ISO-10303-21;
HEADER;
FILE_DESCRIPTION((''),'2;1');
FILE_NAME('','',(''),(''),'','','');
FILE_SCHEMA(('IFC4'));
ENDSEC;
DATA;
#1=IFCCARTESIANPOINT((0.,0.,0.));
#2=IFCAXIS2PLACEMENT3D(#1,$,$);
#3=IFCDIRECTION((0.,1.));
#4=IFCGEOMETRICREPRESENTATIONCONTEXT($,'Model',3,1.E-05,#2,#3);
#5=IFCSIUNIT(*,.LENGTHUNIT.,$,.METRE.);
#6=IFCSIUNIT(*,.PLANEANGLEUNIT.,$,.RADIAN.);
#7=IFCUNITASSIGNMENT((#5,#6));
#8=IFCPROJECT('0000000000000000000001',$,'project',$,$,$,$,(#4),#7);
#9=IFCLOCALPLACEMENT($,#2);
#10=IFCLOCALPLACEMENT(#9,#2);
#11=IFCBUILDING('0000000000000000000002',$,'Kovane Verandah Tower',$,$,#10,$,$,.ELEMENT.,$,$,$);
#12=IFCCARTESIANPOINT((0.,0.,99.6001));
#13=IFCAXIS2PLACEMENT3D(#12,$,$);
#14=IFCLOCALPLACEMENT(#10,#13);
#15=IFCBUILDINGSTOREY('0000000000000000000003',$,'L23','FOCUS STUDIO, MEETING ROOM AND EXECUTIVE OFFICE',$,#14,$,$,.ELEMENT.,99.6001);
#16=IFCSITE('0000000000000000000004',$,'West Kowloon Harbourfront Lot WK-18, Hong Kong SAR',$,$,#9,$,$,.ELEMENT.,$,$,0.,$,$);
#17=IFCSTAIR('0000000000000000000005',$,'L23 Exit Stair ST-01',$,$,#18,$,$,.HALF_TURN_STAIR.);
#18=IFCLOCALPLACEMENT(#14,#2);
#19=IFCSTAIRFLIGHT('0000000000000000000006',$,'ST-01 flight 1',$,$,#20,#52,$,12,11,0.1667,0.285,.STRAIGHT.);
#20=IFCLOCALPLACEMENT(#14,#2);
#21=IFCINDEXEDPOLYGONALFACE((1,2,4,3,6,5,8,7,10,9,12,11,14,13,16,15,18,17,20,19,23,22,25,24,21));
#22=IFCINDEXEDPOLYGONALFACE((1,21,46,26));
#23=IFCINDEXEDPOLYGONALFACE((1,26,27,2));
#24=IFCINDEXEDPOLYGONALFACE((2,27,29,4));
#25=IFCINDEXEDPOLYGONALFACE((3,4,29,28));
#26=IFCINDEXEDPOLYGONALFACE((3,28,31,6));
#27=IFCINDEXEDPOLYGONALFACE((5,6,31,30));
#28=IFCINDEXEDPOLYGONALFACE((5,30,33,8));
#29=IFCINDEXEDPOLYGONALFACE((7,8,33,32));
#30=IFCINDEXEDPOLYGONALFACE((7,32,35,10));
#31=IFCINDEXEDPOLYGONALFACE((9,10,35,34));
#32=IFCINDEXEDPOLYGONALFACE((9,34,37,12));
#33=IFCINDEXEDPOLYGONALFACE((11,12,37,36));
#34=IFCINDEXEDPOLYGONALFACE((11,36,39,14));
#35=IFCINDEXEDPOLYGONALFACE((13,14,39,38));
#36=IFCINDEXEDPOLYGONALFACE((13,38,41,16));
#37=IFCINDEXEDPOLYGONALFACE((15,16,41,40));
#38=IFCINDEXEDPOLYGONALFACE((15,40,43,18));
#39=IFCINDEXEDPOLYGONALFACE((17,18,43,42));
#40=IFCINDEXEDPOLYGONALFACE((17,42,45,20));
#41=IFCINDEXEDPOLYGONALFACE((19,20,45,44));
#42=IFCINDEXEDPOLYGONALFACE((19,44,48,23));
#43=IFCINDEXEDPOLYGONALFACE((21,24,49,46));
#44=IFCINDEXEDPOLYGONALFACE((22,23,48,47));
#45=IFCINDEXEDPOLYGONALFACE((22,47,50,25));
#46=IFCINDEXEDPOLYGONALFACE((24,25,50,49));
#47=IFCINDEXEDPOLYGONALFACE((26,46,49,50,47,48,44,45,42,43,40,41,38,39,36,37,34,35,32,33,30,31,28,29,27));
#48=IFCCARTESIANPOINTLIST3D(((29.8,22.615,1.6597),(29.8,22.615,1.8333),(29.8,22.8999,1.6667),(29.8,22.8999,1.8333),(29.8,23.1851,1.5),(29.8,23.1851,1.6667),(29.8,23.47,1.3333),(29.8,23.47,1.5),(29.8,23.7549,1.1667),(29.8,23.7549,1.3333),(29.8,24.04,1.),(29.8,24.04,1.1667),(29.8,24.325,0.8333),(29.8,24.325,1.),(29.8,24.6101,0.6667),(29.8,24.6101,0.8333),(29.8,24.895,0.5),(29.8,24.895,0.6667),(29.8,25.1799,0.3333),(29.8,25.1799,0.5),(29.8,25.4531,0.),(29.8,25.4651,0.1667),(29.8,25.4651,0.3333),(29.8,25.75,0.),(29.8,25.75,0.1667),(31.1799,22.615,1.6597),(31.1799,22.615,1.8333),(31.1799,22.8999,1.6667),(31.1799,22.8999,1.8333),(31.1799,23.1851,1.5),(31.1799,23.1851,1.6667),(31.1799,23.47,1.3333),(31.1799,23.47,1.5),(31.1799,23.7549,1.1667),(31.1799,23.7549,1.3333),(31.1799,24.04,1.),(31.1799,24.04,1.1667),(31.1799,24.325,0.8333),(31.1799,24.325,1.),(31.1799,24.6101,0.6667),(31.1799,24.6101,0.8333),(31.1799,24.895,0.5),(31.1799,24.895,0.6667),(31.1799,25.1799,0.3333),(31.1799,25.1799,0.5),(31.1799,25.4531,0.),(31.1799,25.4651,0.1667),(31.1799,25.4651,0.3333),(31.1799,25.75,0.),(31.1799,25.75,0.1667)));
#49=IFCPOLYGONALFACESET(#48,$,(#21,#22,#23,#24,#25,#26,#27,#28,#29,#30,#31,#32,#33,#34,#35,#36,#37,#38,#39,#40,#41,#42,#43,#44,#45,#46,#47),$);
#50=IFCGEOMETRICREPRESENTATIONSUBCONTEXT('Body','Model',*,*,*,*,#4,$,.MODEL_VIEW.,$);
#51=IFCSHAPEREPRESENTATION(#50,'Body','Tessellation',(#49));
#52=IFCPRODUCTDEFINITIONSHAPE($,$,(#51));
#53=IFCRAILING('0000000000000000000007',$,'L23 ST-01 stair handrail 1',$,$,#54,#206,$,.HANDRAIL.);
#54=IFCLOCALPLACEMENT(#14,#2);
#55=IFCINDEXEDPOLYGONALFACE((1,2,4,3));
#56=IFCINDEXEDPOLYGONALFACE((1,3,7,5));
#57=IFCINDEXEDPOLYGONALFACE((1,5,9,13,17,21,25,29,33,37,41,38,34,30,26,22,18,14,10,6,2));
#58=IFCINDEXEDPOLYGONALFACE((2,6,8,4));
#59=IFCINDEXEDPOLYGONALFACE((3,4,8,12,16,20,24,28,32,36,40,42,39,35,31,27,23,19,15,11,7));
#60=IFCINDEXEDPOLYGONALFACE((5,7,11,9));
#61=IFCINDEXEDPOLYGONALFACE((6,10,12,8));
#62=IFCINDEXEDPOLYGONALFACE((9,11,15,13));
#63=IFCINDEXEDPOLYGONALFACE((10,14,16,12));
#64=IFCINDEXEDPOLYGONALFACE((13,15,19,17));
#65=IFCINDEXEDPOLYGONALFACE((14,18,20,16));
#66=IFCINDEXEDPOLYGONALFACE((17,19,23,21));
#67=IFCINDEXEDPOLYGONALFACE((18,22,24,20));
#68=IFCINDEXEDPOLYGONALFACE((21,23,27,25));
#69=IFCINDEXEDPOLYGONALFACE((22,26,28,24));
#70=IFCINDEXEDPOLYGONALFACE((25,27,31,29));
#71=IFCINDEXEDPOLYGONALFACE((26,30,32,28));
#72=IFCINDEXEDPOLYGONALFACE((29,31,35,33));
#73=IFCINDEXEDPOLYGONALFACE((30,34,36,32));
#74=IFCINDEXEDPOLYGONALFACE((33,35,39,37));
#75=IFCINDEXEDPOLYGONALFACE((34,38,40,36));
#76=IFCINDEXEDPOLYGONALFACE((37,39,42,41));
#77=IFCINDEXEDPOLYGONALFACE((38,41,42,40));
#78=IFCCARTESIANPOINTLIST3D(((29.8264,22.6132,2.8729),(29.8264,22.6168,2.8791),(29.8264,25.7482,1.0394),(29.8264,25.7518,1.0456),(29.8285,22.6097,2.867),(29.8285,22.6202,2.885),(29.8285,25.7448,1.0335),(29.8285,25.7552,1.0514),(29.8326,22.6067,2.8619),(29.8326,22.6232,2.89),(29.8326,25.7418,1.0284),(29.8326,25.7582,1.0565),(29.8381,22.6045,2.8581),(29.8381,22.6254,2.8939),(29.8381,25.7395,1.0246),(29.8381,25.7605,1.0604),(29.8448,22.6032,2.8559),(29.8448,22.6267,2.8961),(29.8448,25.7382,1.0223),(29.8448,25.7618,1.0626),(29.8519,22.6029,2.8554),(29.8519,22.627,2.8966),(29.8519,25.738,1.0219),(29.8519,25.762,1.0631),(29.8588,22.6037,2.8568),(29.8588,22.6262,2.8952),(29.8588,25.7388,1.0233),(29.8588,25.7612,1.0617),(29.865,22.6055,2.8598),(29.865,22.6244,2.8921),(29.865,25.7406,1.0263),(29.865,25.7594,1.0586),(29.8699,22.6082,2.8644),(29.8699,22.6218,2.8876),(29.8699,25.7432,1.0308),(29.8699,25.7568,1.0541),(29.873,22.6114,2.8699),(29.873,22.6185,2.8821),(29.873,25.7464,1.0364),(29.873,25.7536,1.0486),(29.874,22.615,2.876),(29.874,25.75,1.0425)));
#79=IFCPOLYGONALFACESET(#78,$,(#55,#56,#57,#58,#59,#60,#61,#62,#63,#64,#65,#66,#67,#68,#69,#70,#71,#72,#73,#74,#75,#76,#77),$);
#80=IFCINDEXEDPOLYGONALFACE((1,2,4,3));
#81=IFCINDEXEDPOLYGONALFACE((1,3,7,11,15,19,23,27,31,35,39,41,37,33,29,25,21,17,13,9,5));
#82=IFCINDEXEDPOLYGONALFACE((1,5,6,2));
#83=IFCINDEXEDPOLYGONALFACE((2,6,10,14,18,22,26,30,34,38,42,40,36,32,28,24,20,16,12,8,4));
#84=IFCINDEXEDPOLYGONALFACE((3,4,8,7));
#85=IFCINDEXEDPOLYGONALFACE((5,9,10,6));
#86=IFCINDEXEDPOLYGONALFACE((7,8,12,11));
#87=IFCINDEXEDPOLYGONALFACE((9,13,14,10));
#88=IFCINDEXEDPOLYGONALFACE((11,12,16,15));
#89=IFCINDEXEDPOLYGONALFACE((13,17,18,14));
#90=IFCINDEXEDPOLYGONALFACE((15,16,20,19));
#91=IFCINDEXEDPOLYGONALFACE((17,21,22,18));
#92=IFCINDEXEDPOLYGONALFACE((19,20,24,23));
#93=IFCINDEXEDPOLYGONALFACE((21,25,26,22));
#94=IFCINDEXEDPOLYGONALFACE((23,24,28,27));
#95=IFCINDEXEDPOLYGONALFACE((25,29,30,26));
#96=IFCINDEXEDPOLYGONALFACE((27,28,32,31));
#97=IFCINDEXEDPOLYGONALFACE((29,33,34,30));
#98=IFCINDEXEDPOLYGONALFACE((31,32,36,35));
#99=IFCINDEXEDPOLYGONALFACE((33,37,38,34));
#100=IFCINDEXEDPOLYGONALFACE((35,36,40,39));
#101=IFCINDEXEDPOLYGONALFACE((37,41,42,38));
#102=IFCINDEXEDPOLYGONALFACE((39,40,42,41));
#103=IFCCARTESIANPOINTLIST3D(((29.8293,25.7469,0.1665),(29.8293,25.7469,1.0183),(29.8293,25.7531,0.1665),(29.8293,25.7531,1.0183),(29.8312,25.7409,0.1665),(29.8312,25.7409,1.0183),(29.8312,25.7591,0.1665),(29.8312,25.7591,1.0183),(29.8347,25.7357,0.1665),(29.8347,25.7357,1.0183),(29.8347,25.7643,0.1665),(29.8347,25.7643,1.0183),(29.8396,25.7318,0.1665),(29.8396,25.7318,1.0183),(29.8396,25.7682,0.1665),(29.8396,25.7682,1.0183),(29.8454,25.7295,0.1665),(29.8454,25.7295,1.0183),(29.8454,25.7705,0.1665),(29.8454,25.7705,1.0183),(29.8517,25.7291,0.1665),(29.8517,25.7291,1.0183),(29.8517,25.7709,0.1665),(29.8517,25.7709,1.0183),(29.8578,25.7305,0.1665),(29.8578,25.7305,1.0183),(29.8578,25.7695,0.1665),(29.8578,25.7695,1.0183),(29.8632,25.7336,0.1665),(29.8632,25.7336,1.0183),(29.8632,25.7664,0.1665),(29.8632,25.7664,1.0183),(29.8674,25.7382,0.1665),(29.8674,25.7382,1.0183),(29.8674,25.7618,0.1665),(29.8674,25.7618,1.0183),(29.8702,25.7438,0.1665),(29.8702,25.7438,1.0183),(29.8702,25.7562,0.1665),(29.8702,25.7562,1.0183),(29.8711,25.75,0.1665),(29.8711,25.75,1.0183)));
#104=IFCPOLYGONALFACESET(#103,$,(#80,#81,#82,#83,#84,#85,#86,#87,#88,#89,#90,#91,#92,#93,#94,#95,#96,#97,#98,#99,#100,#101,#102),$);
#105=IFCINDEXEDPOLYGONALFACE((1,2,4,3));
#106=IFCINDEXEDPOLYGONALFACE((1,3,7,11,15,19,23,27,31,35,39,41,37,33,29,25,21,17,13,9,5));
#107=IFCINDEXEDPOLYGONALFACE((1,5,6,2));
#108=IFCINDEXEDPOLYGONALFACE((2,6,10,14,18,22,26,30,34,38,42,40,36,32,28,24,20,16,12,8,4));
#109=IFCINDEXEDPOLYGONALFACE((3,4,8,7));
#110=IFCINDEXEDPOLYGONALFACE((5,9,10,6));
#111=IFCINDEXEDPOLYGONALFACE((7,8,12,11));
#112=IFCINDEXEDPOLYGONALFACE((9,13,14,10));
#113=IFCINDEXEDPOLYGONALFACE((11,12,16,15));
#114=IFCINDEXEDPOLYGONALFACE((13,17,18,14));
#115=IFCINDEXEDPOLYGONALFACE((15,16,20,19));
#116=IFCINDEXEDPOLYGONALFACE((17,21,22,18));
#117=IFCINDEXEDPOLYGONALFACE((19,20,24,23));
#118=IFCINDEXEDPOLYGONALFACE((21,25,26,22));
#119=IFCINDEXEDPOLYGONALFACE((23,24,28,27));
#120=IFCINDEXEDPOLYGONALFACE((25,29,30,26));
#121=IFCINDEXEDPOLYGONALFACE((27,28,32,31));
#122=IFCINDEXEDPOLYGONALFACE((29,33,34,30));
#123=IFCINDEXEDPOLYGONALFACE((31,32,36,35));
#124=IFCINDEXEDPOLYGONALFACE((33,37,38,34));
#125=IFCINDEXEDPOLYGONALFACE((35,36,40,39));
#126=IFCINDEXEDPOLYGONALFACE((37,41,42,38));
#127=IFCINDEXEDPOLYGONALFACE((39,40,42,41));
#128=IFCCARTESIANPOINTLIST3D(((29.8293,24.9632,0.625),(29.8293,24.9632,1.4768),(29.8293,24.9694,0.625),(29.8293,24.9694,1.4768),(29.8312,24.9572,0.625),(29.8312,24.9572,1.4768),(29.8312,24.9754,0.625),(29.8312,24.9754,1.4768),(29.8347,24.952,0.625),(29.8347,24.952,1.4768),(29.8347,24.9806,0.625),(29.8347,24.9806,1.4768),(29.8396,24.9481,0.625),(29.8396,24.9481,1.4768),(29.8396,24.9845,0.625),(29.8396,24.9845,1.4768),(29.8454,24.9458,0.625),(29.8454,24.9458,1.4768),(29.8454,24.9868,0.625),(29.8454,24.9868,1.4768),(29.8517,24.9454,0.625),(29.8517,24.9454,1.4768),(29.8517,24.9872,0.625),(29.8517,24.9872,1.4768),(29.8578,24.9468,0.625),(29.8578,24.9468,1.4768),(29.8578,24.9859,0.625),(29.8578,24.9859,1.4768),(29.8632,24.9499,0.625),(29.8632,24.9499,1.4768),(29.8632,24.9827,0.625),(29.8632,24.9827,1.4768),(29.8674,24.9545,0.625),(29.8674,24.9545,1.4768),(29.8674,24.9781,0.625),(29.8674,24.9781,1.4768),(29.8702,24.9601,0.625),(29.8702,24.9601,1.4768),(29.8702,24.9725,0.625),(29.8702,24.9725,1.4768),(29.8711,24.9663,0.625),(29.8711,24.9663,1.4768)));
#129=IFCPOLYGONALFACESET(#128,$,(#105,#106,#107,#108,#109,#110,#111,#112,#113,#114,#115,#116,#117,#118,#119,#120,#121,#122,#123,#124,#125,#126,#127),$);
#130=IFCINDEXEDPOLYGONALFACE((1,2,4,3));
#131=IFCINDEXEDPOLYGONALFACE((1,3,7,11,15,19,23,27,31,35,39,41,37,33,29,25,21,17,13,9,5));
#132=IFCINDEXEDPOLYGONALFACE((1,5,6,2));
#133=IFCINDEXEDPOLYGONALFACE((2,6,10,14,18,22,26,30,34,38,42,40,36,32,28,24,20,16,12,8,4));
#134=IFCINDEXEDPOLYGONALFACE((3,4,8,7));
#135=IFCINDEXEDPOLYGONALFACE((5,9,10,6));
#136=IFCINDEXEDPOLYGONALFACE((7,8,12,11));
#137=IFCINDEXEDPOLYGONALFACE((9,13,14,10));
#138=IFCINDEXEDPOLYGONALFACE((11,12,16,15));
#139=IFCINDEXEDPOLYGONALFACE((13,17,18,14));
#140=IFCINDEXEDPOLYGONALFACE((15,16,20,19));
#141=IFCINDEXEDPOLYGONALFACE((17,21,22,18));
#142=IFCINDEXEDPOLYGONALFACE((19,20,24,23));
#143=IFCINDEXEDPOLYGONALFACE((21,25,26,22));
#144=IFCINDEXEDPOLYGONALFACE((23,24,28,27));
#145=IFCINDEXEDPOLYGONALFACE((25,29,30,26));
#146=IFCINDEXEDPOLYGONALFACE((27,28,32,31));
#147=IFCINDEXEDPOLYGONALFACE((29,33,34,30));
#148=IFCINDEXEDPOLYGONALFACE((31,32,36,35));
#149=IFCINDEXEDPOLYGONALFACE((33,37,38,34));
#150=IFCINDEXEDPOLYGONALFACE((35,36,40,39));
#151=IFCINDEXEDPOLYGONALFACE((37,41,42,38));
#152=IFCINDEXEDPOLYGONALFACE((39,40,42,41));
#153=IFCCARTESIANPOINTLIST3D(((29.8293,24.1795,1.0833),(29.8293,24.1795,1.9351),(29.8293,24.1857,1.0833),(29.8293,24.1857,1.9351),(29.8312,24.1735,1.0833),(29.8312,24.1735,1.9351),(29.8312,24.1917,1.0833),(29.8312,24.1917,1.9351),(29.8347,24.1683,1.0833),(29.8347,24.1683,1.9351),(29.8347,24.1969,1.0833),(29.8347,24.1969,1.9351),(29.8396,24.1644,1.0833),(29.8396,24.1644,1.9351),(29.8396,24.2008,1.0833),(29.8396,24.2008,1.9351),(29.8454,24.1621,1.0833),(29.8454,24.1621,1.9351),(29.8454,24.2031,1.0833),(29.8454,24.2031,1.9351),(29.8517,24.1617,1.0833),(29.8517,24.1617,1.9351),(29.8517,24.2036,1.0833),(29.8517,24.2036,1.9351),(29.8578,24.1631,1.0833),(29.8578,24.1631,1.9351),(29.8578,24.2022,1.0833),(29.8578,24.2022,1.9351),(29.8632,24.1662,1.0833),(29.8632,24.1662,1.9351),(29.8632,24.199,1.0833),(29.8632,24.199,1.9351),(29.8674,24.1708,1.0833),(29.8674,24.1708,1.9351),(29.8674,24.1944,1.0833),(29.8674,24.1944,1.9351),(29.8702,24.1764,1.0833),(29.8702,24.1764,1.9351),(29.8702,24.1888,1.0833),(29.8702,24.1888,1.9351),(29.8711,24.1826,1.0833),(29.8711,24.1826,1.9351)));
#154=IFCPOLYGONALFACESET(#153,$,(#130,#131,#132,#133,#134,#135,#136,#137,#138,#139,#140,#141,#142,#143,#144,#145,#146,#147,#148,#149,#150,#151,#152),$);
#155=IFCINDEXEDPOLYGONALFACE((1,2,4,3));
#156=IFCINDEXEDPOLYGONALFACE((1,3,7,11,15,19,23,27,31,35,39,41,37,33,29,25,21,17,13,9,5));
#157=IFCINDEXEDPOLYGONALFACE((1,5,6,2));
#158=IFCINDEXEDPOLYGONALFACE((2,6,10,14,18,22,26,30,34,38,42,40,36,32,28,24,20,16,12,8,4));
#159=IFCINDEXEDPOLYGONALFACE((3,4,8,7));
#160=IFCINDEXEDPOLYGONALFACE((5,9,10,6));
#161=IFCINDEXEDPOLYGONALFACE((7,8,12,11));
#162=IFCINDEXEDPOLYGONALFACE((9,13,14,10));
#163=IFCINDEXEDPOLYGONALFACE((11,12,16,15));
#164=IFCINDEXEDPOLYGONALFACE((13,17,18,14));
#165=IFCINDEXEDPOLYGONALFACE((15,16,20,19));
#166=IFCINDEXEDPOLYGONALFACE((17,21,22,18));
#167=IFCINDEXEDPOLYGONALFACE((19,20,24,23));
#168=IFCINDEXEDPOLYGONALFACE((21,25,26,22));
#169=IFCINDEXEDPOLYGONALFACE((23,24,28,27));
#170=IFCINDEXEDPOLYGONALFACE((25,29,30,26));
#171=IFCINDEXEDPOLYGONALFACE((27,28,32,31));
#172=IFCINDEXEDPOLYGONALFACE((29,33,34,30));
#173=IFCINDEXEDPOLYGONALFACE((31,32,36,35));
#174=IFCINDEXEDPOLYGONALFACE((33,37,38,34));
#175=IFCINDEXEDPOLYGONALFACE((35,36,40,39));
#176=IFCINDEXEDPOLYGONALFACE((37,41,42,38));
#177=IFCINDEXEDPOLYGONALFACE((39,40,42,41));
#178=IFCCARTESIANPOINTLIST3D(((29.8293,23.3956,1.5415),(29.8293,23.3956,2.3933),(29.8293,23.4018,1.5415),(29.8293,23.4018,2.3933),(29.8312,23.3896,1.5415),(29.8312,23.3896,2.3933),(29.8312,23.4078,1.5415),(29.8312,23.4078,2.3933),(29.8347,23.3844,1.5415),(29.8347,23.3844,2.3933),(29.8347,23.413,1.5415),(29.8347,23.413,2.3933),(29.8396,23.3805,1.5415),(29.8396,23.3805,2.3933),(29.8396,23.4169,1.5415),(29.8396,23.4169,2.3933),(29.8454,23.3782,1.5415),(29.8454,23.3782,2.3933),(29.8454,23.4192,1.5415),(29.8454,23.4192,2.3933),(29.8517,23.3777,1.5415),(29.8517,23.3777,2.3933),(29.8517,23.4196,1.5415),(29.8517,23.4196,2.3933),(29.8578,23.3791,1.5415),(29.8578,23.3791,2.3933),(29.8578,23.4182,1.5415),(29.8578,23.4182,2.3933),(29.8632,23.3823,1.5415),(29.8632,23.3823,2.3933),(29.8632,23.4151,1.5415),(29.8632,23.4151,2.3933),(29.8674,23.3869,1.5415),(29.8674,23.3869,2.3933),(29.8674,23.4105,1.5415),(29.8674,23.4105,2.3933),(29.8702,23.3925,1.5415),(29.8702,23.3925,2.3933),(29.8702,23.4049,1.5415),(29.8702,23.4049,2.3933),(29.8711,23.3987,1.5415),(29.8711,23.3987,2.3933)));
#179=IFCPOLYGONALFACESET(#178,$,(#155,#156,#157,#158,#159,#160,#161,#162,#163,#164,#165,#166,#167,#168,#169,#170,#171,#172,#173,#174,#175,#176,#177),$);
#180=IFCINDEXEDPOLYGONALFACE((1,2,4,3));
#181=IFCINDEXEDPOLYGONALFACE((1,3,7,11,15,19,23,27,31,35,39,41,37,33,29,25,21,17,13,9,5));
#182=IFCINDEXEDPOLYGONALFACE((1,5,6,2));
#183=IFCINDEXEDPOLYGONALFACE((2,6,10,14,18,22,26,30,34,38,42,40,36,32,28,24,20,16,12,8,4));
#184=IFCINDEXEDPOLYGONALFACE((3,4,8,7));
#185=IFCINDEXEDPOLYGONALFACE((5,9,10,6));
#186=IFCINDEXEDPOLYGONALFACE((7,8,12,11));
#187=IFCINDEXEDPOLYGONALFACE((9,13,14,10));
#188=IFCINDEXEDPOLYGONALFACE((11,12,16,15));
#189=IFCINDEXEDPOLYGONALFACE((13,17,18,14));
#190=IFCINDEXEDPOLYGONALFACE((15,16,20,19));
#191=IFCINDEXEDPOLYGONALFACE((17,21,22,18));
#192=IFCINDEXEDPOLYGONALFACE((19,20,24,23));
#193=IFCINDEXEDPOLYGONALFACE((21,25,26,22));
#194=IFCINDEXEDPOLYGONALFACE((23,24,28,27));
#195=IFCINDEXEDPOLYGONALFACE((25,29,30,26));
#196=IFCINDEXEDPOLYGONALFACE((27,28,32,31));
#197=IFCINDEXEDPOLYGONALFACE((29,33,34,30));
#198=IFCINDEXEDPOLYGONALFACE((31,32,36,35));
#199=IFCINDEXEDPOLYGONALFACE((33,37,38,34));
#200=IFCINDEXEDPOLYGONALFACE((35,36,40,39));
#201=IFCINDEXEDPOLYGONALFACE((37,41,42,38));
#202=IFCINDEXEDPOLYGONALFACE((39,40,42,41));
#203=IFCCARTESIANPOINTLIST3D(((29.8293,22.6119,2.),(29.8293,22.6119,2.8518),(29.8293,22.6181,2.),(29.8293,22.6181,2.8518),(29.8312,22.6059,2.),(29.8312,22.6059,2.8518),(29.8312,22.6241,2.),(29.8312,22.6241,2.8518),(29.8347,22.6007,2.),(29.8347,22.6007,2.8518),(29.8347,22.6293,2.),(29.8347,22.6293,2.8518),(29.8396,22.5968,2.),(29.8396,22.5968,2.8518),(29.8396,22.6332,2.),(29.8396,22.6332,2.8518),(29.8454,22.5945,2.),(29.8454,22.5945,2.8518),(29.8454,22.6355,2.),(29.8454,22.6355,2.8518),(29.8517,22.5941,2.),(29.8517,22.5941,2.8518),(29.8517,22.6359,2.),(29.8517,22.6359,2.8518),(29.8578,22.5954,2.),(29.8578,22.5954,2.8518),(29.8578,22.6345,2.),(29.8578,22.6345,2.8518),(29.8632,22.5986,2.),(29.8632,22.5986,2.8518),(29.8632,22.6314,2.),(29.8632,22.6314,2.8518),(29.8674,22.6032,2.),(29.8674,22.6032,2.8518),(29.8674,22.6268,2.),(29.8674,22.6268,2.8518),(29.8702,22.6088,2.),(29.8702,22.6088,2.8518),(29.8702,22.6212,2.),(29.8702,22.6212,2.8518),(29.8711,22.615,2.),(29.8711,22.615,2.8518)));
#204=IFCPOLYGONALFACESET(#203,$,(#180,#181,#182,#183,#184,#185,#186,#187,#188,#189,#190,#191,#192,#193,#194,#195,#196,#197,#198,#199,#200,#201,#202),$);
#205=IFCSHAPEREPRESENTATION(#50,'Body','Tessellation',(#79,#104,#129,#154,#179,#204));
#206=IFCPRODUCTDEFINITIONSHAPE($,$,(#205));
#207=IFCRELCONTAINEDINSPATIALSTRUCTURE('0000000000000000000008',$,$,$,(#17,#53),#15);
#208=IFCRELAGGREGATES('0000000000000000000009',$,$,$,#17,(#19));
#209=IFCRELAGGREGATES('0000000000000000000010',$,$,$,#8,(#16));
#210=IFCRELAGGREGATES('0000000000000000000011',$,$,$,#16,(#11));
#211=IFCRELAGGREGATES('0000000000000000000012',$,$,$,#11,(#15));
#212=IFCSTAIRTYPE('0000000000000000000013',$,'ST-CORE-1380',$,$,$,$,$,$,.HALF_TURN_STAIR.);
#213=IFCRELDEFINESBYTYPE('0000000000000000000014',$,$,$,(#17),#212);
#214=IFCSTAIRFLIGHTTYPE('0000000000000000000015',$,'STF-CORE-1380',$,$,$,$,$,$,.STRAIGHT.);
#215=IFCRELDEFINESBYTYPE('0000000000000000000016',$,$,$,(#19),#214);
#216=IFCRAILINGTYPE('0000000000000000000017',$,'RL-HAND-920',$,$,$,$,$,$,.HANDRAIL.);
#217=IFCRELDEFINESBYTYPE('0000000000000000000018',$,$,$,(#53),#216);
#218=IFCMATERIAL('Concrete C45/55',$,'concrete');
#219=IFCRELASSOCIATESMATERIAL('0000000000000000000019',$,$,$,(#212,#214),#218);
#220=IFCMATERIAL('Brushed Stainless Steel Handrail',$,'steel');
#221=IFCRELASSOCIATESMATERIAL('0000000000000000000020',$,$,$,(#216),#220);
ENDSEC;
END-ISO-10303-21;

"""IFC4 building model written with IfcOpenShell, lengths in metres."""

from ifc_helpers import new_model, si_unit, direction, frame, origin, origin_2d, place, context, subcontext, project, spatial, polyline, circle, outline, extrude, material, type_object, element, aggregate, save


model = new_model("IFC4")

# Units and contexts
model_context = context("Model", 3, precision=1e-05, world=origin(), true_north=direction((0.0, 1.0)))
body_context = subcontext(model_context, "Body", "Model", "MODEL_VIEW")
ifc_project = project(units=[si_unit("LENGTHUNIT", "METRE"), si_unit("PLANEANGLEUNIT", "RADIAN")], contexts=[model_context])

# Site, building, storey
site_placement = place(None, origin())
site = spatial("IfcSite", under=ifc_project, at=site_placement, Name="West Kowloon Harbourfront Lot WK-18, Hong Kong SAR", CompositionType="ELEMENT", RefElevation=0.0)
building_placement = place(site_placement, origin())
building = spatial("IfcBuilding", under=site, at=building_placement, Name="Kovane Verandah Tower", CompositionType="ELEMENT")
storey_placement = place(building_placement, frame((0.0, 0.0, 99.6001)))
storey = spatial("IfcBuildingStorey", under=building, at=storey_placement, Name="L23", Description="FOCUS STUDIO, MEETING ROOM AND EXECUTIVE OFFICE", CompositionType="ELEMENT", Elevation=99.6001)

# Shared definitions
ifc_material_1 = material(Name="Concrete C45/55", Category="concrete")

# Stair, stair flight
stair_type = type_object("IfcStairType", Name="ST-CORE-1380", PredefinedType="HALF_TURN_STAIR", material=ifc_material_1)
stair_placement = place(storey_placement, origin())
stair = element("IfcStair", 1, at=stair_placement, inside=storey, type_object=stair_type, Name="L23 Exit Stair ST-01", PredefinedType="HALF_TURN_STAIR")
stair_flight_type = type_object("IfcStairFlightType", Name="STF-CORE-1380", PredefinedType="STRAIGHT", material=ifc_material_1)
stair_flight_placement = place(storey_placement, frame((30.49, 25.75, 0.0), z_axis=(0.0, 0.0, 1.0), x_axis=(0.0, -1.0, 0.0)))
stair_flight = element("IfcStairFlight", 2, at=stair_flight_placement, type_object=stair_flight_type, Name="ST-01 flight 1", NumberOfRisers=12, NumberOfTreads=11, PredefinedType="STRAIGHT", RiserHeight=0.1667, TreadLength=0.285, context=body_context, shape_type="SweptSolid", body=[
    extrude(outline(polyline([(0.0, 0.0), (0.0, 0.1667), (0.2849, 0.1667), (0.2849, 0.3333), (0.5701, 0.3333), (0.5701, 0.5), (0.855, 0.5), (0.855, 0.6667), (1.1399, 0.6667), (1.1399, 0.8333), (1.425, 0.8333), (1.425, 1.0), (1.71, 1.0), (1.71, 1.1667), (1.9951, 1.1667), (1.9951, 1.3333), (2.28, 1.3333), (2.28, 1.5), (2.5649, 1.5), (2.5649, 1.6667), (2.8501, 1.6667), (2.8501, 1.8333), (3.135, 1.8333), (3.135, 2.0), (3.135, 1.6597), (0.2969, 0.0), (0.0, 0.0)])), frame((0.0, 0.6899, 0.0), z_axis=(0.0, -1.0, 0.0), x_axis=(1.0, 0.0, 0.0)), (0.0, 0.0, 1.0), 1.3799),
])
aggregate(stair, [stair_flight])

# Railing
ifc_material_2 = material(Name="Brushed Stainless Steel Handrail", Category="steel")
railing_type_1 = type_object("IfcRailingType", Name="RL-HAND-920", PredefinedType="HANDRAIL", material=ifc_material_2)
railing_1_placement = place(storey_placement, frame((29.8501, 25.75, 0.1665)))
element("IfcRailing", 3, at=railing_1_placement, inside=storey, type_object=railing_type_1, Name="L23 ST-01 stair handrail 1", PredefinedType="HANDRAIL", context=body_context, shape_type="SweptSolid", body=[
    extrude(circle(Radius=0.0239, at=origin_2d()), frame((0.0, 0.0, 0.876), z_axis=(0.0, -0.86321, 0.504845), x_axis=(1.0, 0.0, 0.0)), (0.0, 0.0, 1.0), 3.6318),
    extrude(circle(Radius=0.021, at=origin_2d()), origin(), (0.0, 0.0, 1.0), 0.8518),
    extrude(circle(Radius=0.021, at=origin_2d()), frame((0.0, -0.7837, 0.4585)), (0.0, 0.0, 1.0), 0.8518),
    extrude(circle(Radius=0.021, at=origin_2d()), frame((0.0, -1.5674, 0.9167)), (0.0, 0.0, 1.0), 0.8518),
    extrude(circle(Radius=0.021, at=origin_2d()), frame((0.0, -2.3513, 1.375)), (0.0, 0.0, 1.0), 0.8518),
    extrude(circle(Radius=0.021, at=origin_2d()), frame((0.0, -3.135, 1.8335)), (0.0, 0.0, 1.0), 0.8518),
])

save(model, "model.ifc")
